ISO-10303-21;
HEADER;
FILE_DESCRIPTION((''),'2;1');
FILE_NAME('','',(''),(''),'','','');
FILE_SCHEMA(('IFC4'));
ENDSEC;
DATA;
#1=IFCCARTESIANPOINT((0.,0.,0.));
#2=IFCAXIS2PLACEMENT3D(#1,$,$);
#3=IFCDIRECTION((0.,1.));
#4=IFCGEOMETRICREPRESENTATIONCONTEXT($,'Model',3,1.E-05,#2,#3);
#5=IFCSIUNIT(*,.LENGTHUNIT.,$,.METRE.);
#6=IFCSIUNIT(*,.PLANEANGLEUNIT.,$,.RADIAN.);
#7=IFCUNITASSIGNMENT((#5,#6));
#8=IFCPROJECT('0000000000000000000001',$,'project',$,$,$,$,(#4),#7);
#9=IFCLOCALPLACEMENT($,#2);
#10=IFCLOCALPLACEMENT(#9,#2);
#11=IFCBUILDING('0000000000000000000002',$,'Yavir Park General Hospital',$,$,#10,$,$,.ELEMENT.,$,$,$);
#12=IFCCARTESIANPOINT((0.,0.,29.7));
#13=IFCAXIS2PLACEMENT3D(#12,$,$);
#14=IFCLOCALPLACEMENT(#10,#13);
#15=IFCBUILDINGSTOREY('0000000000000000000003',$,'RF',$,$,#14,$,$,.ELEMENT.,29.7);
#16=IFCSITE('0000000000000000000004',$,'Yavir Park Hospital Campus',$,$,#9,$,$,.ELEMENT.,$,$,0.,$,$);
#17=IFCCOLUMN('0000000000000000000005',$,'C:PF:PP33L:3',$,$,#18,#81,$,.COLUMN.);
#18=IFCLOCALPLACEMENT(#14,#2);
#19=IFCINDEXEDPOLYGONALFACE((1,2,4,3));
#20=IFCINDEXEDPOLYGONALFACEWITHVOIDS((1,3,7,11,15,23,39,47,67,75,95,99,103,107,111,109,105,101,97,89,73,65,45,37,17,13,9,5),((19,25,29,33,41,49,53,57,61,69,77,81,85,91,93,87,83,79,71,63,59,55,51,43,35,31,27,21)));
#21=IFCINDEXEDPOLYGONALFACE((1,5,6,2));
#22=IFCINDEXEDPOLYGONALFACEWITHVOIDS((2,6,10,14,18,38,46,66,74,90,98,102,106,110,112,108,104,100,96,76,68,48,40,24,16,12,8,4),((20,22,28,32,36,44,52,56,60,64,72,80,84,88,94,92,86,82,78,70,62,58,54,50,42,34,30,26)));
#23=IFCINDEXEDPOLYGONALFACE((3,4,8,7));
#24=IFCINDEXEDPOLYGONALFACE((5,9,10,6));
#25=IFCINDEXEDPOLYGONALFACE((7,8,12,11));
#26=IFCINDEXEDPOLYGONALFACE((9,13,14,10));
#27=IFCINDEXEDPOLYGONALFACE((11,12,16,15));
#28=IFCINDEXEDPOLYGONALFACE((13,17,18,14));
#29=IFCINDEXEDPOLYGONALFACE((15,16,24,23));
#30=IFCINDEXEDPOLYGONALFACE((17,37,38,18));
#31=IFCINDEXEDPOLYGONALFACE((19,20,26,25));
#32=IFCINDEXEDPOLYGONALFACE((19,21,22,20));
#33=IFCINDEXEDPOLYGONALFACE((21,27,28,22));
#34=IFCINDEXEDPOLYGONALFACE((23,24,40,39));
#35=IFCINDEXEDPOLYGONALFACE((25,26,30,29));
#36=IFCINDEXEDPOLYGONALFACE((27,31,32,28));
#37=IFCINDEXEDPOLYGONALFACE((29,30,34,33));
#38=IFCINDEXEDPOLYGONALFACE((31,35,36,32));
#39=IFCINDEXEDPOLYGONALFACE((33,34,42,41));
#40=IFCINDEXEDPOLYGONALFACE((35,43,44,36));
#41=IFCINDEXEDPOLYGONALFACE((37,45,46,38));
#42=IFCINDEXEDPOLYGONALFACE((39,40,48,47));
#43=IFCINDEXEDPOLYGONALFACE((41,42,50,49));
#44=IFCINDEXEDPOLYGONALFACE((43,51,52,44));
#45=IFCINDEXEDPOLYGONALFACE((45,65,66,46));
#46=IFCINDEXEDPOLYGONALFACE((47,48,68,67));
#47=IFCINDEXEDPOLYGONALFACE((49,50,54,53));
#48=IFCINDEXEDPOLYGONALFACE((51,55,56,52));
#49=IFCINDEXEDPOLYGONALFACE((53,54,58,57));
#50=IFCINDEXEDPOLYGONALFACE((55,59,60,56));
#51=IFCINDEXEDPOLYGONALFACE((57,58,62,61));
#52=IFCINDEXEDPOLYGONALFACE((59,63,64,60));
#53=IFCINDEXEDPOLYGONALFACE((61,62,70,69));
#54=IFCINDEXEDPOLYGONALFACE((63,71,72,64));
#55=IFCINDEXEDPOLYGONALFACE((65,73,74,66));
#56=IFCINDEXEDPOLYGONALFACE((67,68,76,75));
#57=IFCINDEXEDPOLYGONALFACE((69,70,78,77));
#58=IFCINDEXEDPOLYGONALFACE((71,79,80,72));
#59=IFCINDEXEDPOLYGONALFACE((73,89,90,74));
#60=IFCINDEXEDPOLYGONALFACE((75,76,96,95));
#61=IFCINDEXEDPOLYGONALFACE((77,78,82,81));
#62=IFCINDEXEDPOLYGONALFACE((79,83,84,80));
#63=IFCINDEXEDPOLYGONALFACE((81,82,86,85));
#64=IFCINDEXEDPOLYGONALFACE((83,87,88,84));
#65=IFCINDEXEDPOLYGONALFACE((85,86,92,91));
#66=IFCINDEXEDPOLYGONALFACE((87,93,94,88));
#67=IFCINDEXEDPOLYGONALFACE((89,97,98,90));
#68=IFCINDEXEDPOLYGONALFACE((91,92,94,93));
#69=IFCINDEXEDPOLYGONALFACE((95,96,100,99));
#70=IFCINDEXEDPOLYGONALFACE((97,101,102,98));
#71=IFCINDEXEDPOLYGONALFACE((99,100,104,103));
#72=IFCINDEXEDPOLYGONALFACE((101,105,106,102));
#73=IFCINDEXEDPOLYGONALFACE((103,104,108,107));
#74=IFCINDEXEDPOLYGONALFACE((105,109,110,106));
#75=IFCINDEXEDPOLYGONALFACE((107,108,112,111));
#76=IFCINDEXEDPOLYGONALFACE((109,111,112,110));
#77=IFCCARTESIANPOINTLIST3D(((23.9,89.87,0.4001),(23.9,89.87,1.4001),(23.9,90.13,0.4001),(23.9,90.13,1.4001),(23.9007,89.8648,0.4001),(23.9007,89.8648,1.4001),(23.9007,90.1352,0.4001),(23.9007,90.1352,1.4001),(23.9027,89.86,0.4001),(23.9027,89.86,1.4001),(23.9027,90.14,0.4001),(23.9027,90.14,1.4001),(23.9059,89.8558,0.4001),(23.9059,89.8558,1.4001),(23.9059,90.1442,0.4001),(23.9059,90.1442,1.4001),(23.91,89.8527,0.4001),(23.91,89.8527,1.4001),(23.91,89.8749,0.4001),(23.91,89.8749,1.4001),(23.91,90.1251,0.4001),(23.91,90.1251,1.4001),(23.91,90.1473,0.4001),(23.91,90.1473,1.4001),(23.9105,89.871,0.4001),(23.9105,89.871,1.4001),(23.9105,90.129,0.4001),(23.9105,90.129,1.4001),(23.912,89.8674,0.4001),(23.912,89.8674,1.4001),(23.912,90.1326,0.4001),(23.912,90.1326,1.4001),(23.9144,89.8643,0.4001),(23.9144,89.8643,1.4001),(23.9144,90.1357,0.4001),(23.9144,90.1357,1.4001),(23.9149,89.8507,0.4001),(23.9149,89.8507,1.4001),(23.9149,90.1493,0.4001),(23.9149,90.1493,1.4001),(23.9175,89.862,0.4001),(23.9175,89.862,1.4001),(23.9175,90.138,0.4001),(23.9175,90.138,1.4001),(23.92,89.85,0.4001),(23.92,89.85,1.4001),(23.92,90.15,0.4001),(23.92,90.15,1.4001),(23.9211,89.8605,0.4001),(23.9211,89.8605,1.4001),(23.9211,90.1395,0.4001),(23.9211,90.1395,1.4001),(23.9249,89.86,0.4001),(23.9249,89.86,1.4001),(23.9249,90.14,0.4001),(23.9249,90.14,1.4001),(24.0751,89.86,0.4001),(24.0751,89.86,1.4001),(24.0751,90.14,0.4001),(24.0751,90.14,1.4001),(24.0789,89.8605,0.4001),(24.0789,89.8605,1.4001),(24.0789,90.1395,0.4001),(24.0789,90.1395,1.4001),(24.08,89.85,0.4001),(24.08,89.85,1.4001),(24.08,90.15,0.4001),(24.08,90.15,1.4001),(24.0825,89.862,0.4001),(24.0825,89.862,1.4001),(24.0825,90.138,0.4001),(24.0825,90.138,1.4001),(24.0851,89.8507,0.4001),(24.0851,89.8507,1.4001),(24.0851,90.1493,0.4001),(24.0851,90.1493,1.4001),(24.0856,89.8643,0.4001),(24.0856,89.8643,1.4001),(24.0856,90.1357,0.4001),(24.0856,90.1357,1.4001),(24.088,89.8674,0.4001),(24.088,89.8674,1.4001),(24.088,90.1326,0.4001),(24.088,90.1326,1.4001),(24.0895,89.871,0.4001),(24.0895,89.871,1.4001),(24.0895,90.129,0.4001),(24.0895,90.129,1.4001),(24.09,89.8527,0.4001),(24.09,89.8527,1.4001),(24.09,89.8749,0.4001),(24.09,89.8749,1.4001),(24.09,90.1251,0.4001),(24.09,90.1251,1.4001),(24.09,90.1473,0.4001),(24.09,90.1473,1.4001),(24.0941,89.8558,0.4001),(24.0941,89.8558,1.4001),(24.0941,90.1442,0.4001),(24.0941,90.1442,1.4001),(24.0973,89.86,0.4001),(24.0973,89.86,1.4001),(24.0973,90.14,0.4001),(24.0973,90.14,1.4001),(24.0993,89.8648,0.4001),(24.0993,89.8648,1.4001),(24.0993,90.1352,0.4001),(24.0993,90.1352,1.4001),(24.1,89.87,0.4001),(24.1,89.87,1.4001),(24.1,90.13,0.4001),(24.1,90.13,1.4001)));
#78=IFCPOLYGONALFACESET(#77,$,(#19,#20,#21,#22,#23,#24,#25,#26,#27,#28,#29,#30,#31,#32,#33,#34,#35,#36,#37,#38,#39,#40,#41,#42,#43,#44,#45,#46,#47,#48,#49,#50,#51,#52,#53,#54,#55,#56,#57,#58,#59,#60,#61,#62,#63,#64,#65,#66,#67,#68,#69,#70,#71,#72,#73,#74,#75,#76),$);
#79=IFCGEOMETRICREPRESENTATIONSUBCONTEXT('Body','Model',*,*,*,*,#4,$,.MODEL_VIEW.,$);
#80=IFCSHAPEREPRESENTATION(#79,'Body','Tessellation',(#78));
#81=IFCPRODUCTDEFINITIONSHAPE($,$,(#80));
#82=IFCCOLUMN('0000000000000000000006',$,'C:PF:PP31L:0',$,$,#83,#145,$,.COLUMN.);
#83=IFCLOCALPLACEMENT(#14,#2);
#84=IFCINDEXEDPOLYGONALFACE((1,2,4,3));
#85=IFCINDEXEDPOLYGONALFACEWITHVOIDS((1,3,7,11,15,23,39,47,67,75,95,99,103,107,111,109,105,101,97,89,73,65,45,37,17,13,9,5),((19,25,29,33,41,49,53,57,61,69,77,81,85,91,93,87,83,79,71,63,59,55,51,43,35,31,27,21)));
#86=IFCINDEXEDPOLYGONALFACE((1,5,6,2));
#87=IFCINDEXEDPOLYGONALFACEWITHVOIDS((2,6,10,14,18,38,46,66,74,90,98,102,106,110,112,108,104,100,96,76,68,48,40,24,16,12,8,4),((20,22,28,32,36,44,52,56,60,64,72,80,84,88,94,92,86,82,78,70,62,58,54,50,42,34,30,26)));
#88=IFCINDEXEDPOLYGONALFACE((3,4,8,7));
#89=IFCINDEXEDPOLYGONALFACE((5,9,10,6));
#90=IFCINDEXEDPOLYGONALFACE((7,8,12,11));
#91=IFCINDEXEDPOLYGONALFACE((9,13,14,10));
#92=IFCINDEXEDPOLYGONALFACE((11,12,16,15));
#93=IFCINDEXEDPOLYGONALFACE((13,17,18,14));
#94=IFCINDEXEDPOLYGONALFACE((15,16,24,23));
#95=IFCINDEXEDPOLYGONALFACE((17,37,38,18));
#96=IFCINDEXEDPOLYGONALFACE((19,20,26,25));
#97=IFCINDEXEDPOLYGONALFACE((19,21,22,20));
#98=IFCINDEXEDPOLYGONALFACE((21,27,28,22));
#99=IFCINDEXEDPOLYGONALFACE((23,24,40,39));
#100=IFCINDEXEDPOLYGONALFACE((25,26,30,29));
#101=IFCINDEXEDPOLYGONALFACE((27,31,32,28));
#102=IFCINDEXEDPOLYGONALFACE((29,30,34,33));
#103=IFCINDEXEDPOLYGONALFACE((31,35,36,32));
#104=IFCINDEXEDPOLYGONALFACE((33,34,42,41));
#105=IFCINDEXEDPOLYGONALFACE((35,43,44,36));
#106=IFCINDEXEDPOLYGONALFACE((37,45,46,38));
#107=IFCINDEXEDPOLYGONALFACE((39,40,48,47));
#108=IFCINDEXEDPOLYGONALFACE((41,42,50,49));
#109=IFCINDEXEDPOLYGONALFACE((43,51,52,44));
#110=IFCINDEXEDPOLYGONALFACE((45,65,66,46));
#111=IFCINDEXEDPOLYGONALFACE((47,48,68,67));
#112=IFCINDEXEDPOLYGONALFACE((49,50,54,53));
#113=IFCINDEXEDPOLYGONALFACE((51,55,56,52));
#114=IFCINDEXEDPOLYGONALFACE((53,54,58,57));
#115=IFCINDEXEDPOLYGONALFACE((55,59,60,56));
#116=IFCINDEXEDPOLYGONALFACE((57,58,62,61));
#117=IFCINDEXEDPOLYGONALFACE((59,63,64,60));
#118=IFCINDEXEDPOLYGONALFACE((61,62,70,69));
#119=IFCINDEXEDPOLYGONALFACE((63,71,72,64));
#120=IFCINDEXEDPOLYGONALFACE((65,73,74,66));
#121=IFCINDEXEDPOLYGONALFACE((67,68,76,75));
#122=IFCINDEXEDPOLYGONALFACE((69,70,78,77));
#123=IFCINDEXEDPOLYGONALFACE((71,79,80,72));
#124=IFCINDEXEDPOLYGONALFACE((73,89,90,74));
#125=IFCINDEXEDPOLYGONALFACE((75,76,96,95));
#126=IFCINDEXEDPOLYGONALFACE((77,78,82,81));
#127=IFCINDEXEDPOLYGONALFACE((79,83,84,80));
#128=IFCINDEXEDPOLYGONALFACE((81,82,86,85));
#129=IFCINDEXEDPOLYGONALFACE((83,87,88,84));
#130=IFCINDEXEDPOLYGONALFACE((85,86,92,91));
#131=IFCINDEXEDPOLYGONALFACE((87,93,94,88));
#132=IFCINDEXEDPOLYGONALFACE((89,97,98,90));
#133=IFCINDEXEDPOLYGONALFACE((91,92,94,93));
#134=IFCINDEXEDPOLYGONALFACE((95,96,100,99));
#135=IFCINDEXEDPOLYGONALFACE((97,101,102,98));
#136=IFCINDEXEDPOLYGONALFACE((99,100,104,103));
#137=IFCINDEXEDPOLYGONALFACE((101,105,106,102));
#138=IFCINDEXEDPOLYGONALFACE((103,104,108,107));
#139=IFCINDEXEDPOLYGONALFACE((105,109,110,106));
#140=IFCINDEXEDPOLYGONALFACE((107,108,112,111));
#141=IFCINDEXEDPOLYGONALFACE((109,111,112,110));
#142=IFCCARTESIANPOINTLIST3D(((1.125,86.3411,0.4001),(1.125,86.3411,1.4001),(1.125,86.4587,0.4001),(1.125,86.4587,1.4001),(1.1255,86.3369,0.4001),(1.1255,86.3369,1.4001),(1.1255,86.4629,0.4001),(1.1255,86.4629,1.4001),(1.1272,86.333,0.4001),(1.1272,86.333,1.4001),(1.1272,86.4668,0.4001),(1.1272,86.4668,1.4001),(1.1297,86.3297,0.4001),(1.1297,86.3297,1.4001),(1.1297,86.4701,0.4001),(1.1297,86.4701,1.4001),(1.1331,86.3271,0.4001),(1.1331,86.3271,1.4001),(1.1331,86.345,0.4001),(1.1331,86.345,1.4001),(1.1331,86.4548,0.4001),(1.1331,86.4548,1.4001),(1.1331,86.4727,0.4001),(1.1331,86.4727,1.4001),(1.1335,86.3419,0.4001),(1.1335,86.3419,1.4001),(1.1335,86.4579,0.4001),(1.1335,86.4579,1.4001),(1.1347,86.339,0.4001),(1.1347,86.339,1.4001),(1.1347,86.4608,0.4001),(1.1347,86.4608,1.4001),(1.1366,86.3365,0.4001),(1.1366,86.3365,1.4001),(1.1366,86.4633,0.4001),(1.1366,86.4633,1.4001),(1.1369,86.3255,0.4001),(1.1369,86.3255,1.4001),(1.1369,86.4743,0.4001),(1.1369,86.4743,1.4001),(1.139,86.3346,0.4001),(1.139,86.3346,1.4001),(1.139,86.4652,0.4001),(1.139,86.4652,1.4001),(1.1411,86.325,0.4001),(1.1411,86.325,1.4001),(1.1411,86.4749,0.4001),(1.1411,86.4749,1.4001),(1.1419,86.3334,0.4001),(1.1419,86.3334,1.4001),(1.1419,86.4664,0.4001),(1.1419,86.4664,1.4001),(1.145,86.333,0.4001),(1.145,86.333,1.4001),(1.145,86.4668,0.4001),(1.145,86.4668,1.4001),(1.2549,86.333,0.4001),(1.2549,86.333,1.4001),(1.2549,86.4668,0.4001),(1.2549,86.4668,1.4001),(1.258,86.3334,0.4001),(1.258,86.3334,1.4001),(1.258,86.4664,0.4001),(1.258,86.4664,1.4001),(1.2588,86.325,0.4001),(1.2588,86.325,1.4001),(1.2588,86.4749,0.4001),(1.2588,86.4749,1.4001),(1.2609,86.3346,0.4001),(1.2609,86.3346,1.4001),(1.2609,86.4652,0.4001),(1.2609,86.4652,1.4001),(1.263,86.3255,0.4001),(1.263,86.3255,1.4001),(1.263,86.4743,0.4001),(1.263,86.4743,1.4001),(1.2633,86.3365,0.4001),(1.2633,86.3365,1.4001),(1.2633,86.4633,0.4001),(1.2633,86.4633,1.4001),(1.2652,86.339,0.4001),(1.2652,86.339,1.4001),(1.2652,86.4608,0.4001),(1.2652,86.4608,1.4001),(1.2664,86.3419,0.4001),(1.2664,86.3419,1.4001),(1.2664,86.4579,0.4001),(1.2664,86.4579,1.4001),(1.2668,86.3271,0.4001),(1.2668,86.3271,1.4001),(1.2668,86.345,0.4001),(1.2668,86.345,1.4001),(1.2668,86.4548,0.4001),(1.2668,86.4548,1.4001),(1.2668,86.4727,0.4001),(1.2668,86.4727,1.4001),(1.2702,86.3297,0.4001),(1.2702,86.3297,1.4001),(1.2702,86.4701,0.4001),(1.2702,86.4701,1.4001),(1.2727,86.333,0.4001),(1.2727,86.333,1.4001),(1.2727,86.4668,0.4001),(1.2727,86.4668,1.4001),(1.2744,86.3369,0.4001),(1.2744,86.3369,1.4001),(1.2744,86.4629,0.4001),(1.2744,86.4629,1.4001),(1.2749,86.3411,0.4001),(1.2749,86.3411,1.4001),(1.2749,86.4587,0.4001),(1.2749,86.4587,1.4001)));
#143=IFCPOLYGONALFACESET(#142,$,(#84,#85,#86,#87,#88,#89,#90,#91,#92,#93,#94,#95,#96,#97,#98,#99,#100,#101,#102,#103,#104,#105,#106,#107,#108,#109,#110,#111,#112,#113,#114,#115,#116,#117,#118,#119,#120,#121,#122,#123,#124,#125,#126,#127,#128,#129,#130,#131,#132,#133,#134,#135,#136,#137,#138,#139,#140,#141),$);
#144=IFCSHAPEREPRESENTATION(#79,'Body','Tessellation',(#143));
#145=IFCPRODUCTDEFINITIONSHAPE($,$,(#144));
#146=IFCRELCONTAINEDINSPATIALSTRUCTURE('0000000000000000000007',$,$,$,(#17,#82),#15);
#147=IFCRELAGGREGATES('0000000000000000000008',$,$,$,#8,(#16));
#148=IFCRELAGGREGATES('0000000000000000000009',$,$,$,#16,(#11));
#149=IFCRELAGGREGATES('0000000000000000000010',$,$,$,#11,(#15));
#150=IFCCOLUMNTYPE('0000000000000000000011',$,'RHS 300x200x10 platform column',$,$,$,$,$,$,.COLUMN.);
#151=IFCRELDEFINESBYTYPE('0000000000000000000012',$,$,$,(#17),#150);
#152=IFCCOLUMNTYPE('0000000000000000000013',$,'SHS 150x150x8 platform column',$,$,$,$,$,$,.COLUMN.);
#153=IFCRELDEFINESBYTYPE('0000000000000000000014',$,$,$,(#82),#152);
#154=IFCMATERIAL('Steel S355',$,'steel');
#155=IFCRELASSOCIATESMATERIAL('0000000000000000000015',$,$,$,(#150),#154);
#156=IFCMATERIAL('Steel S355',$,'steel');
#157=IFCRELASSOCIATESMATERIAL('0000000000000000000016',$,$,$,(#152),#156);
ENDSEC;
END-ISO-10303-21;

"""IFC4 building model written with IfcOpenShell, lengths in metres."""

from ifc_helpers import new_model, si_unit, direction, frame, origin, origin_2d, place, context, subcontext, project, spatial, hollow_rectangle, extrude, material, material_profile, profile_set, type_object, element, save


model = new_model("IFC4")

# Units and contexts
model_context = context("Model", 3, precision=1e-05, world=origin(), true_north=direction((0.0, 1.0)))
body_context = subcontext(model_context, "Body", "Model", "MODEL_VIEW")
ifc_project = project(units=[si_unit("LENGTHUNIT", "METRE"), si_unit("PLANEANGLEUNIT", "RADIAN")], contexts=[model_context])

# Site, building, storey
site_placement = place(None, origin())
site = spatial("IfcSite", under=ifc_project, at=site_placement, Name="Yavir Park Hospital Campus", CompositionType="ELEMENT", RefElevation=0.0)
building_placement = place(site_placement, origin())
building = spatial("IfcBuilding", under=site, at=building_placement, Name="Yavir Park General Hospital", CompositionType="ELEMENT")
storey_placement = place(building_placement, frame((0.0, 0.0, 29.7)))
storey = spatial("IfcBuildingStorey", under=building, at=storey_placement, Name="RF", CompositionType="ELEMENT", Elevation=29.7)

# Columns
ifc_material_1 = material(Name="Steel S355", Category="steel")
ifc_material_profile_1 = material_profile(ifc_material_1, hollow_rectangle(XDim=0.2, YDim=0.3, WallThickness=0.01, InnerFilletRadius=0.0149, OuterFilletRadius=0.02, at=origin_2d()), Name="RHS300x200x10")
ifc_profile_set_1 = profile_set([ifc_material_profile_1], Name="Steel S355")
column_type_1 = type_object("IfcColumnType", Name="RHS 300x200x10 platform column", PredefinedType="COLUMN", material=ifc_profile_set_1)
for number, where, z_axis, x_axis, name in (
    (1, (24.0, 90.0, 0.4001), (0.0, 0.0, 1.0), (1.0, 0.0, 0.0), "C:PF:PP33L:3"),
):
    element("IfcColumn", number, at=place(storey_placement, frame(where, z_axis=z_axis, x_axis=x_axis)), inside=storey, type_object=column_type_1, Name=name, PredefinedType="COLUMN", context=body_context, shape_type="SweptSolid", body=[
        extrude(hollow_rectangle(XDim=0.2, YDim=0.3, WallThickness=0.01, InnerFilletRadius=0.0149, OuterFilletRadius=0.02, at=origin_2d()), origin(), (0.0, 0.0, 1.0), 1.0),
    ])
ifc_material_2 = material(Name="Steel S355", Category="steel")
ifc_material_profile_2 = material_profile(ifc_material_2, hollow_rectangle(XDim=0.1499, YDim=0.1499, WallThickness=0.0081, InnerFilletRadius=0.012, OuterFilletRadius=0.0161, at=origin_2d()), Name="SHS150x150x8")
ifc_profile_set_2 = profile_set([ifc_material_profile_2], Name="Steel S355")
column_type_2 = type_object("IfcColumnType", Name="SHS 150x150x8 platform column", PredefinedType="COLUMN", material=ifc_profile_set_2)
for number, where, z_axis, x_axis, name in (
    (2, (1.2, 86.3999, 0.4001), (0.0, 0.0, 1.0), (1.0, 0.0, 0.0), "C:PF:PP31L:0"),
):
    element("IfcColumn", number, at=place(storey_placement, frame(where, z_axis=z_axis, x_axis=x_axis)), inside=storey, type_object=column_type_2, Name=name, PredefinedType="COLUMN", context=body_context, shape_type="SweptSolid", body=[
        extrude(hollow_rectangle(XDim=0.1499, YDim=0.1499, WallThickness=0.0081, InnerFilletRadius=0.012, OuterFilletRadius=0.0161, at=origin_2d()), origin(), (0.0, 0.0, 1.0), 1.0),
    ])

save(model, "model.ifc")
